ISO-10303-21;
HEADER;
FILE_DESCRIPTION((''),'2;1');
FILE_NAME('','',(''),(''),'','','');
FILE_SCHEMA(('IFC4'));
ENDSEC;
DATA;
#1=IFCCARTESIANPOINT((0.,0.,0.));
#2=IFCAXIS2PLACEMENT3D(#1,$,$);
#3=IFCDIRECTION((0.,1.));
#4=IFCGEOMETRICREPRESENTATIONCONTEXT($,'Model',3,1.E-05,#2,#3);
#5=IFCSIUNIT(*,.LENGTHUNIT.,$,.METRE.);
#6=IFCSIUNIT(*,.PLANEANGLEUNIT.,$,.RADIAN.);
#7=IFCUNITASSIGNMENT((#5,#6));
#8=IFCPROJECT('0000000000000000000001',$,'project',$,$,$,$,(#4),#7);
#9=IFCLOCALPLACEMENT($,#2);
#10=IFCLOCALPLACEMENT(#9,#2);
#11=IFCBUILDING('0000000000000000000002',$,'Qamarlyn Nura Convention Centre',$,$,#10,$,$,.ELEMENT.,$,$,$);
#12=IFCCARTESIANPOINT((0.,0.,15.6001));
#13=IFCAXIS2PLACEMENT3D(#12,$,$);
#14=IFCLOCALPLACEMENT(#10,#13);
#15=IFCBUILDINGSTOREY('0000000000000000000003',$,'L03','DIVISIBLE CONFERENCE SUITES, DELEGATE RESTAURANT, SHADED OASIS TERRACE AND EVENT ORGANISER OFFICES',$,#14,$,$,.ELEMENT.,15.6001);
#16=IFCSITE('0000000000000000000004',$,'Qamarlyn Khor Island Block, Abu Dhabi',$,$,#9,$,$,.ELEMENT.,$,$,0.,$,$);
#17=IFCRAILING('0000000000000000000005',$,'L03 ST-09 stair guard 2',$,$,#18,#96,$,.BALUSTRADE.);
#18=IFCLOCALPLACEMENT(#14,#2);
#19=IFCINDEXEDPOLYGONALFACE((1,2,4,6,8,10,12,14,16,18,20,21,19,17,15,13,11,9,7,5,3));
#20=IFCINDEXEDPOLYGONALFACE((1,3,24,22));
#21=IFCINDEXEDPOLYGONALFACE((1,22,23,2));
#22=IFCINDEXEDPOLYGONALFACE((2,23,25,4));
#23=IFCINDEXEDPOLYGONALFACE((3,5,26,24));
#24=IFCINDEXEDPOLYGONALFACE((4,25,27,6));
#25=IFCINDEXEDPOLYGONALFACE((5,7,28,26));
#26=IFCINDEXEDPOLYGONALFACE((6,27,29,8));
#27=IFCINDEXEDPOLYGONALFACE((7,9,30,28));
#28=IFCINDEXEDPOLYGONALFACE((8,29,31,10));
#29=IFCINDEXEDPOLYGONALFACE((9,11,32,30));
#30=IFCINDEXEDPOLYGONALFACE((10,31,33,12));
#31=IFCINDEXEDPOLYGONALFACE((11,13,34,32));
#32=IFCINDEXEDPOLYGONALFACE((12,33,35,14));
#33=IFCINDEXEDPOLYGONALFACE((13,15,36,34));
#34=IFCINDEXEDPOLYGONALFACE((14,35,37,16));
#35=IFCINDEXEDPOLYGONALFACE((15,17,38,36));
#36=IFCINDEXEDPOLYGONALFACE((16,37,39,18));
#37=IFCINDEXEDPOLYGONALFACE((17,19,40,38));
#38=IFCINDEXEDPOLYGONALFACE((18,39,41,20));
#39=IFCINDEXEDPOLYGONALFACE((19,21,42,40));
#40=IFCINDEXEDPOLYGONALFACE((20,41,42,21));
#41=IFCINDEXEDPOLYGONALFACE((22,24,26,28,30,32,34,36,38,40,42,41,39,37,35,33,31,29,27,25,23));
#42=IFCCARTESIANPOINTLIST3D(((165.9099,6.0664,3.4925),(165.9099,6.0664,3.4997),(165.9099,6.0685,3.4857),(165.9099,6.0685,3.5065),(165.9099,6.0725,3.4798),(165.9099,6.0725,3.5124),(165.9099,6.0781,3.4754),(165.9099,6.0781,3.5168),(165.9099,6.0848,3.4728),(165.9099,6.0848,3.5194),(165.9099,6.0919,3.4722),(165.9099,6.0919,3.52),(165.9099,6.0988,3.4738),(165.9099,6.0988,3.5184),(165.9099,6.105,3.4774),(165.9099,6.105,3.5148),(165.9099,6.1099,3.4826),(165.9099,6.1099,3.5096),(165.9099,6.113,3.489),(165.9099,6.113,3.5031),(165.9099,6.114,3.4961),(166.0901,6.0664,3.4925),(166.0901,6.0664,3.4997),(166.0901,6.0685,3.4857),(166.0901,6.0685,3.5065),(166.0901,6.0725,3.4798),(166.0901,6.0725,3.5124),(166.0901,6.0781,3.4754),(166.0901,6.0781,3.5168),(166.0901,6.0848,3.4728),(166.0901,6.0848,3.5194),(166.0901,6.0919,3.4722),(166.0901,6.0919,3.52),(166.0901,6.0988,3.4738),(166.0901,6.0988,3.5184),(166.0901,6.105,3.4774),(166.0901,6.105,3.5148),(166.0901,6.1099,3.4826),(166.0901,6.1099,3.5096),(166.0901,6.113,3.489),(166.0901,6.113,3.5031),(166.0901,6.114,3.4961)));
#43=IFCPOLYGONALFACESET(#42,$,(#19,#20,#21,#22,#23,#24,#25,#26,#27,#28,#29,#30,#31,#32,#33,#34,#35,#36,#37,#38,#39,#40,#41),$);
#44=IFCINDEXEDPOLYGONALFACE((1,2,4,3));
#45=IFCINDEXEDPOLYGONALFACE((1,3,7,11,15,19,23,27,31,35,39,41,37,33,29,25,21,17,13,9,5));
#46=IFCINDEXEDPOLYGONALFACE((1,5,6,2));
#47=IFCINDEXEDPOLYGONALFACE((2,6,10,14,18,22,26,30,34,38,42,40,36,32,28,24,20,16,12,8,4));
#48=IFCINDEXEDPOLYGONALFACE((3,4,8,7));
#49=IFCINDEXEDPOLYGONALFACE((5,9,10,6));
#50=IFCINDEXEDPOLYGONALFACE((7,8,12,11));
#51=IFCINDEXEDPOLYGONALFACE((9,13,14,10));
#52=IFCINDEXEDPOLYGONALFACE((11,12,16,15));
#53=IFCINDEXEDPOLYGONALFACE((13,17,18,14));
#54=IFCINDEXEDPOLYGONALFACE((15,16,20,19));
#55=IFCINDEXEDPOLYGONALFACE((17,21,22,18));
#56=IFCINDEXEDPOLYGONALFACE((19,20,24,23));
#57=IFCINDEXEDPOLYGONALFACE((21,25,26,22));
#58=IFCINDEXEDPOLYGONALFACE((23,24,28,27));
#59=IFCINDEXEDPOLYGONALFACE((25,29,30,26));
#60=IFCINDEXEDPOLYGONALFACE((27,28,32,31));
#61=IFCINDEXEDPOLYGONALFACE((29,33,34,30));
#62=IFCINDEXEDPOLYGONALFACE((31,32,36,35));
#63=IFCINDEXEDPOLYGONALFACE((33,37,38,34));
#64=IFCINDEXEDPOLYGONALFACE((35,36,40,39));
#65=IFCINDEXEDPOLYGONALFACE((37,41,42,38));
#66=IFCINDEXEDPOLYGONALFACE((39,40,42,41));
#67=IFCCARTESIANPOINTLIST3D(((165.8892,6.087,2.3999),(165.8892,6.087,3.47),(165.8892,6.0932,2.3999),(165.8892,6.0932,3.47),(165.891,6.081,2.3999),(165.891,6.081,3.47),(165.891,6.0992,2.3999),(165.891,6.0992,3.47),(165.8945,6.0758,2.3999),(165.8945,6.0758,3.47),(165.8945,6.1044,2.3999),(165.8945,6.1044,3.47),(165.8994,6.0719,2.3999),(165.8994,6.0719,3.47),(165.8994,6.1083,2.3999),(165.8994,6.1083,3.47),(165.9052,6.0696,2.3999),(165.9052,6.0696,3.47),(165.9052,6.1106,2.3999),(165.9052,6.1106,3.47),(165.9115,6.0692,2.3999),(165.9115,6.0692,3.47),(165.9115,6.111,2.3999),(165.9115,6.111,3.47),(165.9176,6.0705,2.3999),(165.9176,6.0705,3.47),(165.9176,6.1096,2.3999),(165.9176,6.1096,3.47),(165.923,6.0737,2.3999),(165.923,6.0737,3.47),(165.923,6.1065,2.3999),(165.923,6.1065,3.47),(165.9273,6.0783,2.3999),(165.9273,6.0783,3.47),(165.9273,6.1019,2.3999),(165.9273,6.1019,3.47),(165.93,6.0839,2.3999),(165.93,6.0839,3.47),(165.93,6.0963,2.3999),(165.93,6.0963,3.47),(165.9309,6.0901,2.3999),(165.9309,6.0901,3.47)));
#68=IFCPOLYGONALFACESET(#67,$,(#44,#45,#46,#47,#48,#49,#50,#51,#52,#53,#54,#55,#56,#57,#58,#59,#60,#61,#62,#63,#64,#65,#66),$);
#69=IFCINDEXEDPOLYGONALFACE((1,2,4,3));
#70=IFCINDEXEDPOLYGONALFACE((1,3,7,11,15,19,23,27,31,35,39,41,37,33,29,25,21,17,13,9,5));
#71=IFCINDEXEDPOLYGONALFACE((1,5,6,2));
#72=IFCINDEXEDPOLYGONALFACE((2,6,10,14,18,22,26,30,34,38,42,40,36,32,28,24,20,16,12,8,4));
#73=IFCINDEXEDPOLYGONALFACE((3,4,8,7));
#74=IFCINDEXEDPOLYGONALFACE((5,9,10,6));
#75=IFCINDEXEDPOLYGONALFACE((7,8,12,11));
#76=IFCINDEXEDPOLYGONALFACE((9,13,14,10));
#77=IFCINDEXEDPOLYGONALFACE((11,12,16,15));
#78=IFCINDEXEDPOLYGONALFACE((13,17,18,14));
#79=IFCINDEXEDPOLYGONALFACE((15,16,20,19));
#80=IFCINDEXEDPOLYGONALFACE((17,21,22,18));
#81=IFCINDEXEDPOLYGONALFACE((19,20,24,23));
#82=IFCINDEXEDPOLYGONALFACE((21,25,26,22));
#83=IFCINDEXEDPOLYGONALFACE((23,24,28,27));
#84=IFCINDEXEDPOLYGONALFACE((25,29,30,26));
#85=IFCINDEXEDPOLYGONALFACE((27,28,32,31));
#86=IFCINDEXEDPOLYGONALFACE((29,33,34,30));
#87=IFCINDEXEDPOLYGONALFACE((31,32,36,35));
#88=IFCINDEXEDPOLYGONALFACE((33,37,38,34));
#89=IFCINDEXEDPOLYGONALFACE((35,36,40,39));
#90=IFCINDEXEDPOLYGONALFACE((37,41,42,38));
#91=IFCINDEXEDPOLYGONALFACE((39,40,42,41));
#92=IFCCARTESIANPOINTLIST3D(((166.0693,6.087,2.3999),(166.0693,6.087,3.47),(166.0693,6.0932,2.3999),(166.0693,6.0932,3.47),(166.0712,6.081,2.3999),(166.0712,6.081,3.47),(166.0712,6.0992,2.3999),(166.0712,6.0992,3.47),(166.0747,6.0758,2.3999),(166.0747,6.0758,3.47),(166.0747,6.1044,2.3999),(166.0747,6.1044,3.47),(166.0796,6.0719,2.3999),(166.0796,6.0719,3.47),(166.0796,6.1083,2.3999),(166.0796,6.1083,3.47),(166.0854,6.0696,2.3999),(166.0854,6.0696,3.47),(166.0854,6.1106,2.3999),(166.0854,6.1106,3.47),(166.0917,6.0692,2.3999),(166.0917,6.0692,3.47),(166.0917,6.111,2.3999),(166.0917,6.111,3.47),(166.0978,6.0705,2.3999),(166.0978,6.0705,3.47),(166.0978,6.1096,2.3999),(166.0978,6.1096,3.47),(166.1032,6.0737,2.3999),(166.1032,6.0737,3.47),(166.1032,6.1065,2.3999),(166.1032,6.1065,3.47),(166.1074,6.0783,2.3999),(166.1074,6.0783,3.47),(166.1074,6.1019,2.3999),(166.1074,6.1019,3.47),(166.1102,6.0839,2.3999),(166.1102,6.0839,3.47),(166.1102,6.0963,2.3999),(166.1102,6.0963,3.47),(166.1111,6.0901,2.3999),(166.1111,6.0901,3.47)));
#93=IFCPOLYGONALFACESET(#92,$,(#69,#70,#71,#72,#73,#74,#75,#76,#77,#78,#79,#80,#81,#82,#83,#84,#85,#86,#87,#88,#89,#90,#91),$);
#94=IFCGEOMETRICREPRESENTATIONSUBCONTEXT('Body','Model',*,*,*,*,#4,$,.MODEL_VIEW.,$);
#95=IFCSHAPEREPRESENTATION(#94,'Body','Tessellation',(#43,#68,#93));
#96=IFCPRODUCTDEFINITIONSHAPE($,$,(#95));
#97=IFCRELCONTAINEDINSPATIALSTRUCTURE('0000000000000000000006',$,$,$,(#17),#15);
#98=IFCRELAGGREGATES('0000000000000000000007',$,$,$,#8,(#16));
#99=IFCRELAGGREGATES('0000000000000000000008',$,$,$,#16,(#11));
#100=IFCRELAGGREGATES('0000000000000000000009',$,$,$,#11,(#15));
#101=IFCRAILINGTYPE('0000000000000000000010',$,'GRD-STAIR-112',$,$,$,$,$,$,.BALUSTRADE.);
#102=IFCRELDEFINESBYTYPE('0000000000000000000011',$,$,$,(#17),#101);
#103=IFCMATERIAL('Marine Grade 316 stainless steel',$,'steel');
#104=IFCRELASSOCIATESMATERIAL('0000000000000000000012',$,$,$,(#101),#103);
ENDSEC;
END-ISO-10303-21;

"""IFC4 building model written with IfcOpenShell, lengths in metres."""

from ifc_helpers import new_model, si_unit, direction, frame, origin, origin_2d, place, context, subcontext, project, spatial, circle, extrude, material, type_object, element, save


model = new_model("IFC4")

# Units and contexts
model_context = context("Model", 3, precision=1e-05, world=origin(), true_north=direction((0.0, 1.0)))
body_context = subcontext(model_context, "Body", "Model", "MODEL_VIEW")
ifc_project = project(units=[si_unit("LENGTHUNIT", "METRE"), si_unit("PLANEANGLEUNIT", "RADIAN")], contexts=[model_context])

# Site, building, storey
site_placement = place(None, origin())
site = spatial("IfcSite", under=ifc_project, at=site_placement, Name="Qamarlyn Khor Island Block, Abu Dhabi", CompositionType="ELEMENT", RefElevation=0.0)
building_placement = place(site_placement, origin())
building = spatial("IfcBuilding", under=site, at=building_placement, Name="Qamarlyn Nura Convention Centre", CompositionType="ELEMENT")
storey_placement = place(building_placement, frame((0.0, 0.0, 15.6001)))
storey = spatial("IfcBuildingStorey", under=building, at=storey_placement, Name="L03", Description="DIVISIBLE CONFERENCE SUITES, DELEGATE RESTAURANT, SHADED OASIS TERRACE AND EVENT ORGANISER OFFICES", CompositionType="ELEMENT", Elevation=15.6001)

# Shared definitions
ifc_material_1 = material(Name="Marine Grade 316 stainless steel", Category="steel")

# Railing
railing_type_1 = type_object("IfcRailingType", Name="GRD-STAIR-112", PredefinedType="BALUSTRADE", material=ifc_material_1)
railing_1_placement = place(storey_placement, frame((165.9099, 6.0901, 2.3999)))
element("IfcRailing", 1, at=railing_1_placement, inside=storey, type_object=railing_type_1, Name="L03 ST-09 stair guard 2", PredefinedType="BALUSTRADE", context=body_context, shape_type="SweptSolid", body=[
    extrude(circle(Radius=0.0239, at=origin_2d()), frame((0.0, 0.0, 1.0962), z_axis=(1.0, 0.0, 0.0), x_axis=(0.0, 1.0, 0.0)), (0.0, 0.0, 1.0), 0.1802),
    extrude(circle(Radius=0.021, at=origin_2d()), origin(), (0.0, 0.0, 1.0), 1.0701),
    extrude(circle(Radius=0.021, at=origin_2d()), frame((0.1802, 0.0, 0.0)), (0.0, 0.0, 1.0), 1.0701),
])

save(model, "model.ifc")
